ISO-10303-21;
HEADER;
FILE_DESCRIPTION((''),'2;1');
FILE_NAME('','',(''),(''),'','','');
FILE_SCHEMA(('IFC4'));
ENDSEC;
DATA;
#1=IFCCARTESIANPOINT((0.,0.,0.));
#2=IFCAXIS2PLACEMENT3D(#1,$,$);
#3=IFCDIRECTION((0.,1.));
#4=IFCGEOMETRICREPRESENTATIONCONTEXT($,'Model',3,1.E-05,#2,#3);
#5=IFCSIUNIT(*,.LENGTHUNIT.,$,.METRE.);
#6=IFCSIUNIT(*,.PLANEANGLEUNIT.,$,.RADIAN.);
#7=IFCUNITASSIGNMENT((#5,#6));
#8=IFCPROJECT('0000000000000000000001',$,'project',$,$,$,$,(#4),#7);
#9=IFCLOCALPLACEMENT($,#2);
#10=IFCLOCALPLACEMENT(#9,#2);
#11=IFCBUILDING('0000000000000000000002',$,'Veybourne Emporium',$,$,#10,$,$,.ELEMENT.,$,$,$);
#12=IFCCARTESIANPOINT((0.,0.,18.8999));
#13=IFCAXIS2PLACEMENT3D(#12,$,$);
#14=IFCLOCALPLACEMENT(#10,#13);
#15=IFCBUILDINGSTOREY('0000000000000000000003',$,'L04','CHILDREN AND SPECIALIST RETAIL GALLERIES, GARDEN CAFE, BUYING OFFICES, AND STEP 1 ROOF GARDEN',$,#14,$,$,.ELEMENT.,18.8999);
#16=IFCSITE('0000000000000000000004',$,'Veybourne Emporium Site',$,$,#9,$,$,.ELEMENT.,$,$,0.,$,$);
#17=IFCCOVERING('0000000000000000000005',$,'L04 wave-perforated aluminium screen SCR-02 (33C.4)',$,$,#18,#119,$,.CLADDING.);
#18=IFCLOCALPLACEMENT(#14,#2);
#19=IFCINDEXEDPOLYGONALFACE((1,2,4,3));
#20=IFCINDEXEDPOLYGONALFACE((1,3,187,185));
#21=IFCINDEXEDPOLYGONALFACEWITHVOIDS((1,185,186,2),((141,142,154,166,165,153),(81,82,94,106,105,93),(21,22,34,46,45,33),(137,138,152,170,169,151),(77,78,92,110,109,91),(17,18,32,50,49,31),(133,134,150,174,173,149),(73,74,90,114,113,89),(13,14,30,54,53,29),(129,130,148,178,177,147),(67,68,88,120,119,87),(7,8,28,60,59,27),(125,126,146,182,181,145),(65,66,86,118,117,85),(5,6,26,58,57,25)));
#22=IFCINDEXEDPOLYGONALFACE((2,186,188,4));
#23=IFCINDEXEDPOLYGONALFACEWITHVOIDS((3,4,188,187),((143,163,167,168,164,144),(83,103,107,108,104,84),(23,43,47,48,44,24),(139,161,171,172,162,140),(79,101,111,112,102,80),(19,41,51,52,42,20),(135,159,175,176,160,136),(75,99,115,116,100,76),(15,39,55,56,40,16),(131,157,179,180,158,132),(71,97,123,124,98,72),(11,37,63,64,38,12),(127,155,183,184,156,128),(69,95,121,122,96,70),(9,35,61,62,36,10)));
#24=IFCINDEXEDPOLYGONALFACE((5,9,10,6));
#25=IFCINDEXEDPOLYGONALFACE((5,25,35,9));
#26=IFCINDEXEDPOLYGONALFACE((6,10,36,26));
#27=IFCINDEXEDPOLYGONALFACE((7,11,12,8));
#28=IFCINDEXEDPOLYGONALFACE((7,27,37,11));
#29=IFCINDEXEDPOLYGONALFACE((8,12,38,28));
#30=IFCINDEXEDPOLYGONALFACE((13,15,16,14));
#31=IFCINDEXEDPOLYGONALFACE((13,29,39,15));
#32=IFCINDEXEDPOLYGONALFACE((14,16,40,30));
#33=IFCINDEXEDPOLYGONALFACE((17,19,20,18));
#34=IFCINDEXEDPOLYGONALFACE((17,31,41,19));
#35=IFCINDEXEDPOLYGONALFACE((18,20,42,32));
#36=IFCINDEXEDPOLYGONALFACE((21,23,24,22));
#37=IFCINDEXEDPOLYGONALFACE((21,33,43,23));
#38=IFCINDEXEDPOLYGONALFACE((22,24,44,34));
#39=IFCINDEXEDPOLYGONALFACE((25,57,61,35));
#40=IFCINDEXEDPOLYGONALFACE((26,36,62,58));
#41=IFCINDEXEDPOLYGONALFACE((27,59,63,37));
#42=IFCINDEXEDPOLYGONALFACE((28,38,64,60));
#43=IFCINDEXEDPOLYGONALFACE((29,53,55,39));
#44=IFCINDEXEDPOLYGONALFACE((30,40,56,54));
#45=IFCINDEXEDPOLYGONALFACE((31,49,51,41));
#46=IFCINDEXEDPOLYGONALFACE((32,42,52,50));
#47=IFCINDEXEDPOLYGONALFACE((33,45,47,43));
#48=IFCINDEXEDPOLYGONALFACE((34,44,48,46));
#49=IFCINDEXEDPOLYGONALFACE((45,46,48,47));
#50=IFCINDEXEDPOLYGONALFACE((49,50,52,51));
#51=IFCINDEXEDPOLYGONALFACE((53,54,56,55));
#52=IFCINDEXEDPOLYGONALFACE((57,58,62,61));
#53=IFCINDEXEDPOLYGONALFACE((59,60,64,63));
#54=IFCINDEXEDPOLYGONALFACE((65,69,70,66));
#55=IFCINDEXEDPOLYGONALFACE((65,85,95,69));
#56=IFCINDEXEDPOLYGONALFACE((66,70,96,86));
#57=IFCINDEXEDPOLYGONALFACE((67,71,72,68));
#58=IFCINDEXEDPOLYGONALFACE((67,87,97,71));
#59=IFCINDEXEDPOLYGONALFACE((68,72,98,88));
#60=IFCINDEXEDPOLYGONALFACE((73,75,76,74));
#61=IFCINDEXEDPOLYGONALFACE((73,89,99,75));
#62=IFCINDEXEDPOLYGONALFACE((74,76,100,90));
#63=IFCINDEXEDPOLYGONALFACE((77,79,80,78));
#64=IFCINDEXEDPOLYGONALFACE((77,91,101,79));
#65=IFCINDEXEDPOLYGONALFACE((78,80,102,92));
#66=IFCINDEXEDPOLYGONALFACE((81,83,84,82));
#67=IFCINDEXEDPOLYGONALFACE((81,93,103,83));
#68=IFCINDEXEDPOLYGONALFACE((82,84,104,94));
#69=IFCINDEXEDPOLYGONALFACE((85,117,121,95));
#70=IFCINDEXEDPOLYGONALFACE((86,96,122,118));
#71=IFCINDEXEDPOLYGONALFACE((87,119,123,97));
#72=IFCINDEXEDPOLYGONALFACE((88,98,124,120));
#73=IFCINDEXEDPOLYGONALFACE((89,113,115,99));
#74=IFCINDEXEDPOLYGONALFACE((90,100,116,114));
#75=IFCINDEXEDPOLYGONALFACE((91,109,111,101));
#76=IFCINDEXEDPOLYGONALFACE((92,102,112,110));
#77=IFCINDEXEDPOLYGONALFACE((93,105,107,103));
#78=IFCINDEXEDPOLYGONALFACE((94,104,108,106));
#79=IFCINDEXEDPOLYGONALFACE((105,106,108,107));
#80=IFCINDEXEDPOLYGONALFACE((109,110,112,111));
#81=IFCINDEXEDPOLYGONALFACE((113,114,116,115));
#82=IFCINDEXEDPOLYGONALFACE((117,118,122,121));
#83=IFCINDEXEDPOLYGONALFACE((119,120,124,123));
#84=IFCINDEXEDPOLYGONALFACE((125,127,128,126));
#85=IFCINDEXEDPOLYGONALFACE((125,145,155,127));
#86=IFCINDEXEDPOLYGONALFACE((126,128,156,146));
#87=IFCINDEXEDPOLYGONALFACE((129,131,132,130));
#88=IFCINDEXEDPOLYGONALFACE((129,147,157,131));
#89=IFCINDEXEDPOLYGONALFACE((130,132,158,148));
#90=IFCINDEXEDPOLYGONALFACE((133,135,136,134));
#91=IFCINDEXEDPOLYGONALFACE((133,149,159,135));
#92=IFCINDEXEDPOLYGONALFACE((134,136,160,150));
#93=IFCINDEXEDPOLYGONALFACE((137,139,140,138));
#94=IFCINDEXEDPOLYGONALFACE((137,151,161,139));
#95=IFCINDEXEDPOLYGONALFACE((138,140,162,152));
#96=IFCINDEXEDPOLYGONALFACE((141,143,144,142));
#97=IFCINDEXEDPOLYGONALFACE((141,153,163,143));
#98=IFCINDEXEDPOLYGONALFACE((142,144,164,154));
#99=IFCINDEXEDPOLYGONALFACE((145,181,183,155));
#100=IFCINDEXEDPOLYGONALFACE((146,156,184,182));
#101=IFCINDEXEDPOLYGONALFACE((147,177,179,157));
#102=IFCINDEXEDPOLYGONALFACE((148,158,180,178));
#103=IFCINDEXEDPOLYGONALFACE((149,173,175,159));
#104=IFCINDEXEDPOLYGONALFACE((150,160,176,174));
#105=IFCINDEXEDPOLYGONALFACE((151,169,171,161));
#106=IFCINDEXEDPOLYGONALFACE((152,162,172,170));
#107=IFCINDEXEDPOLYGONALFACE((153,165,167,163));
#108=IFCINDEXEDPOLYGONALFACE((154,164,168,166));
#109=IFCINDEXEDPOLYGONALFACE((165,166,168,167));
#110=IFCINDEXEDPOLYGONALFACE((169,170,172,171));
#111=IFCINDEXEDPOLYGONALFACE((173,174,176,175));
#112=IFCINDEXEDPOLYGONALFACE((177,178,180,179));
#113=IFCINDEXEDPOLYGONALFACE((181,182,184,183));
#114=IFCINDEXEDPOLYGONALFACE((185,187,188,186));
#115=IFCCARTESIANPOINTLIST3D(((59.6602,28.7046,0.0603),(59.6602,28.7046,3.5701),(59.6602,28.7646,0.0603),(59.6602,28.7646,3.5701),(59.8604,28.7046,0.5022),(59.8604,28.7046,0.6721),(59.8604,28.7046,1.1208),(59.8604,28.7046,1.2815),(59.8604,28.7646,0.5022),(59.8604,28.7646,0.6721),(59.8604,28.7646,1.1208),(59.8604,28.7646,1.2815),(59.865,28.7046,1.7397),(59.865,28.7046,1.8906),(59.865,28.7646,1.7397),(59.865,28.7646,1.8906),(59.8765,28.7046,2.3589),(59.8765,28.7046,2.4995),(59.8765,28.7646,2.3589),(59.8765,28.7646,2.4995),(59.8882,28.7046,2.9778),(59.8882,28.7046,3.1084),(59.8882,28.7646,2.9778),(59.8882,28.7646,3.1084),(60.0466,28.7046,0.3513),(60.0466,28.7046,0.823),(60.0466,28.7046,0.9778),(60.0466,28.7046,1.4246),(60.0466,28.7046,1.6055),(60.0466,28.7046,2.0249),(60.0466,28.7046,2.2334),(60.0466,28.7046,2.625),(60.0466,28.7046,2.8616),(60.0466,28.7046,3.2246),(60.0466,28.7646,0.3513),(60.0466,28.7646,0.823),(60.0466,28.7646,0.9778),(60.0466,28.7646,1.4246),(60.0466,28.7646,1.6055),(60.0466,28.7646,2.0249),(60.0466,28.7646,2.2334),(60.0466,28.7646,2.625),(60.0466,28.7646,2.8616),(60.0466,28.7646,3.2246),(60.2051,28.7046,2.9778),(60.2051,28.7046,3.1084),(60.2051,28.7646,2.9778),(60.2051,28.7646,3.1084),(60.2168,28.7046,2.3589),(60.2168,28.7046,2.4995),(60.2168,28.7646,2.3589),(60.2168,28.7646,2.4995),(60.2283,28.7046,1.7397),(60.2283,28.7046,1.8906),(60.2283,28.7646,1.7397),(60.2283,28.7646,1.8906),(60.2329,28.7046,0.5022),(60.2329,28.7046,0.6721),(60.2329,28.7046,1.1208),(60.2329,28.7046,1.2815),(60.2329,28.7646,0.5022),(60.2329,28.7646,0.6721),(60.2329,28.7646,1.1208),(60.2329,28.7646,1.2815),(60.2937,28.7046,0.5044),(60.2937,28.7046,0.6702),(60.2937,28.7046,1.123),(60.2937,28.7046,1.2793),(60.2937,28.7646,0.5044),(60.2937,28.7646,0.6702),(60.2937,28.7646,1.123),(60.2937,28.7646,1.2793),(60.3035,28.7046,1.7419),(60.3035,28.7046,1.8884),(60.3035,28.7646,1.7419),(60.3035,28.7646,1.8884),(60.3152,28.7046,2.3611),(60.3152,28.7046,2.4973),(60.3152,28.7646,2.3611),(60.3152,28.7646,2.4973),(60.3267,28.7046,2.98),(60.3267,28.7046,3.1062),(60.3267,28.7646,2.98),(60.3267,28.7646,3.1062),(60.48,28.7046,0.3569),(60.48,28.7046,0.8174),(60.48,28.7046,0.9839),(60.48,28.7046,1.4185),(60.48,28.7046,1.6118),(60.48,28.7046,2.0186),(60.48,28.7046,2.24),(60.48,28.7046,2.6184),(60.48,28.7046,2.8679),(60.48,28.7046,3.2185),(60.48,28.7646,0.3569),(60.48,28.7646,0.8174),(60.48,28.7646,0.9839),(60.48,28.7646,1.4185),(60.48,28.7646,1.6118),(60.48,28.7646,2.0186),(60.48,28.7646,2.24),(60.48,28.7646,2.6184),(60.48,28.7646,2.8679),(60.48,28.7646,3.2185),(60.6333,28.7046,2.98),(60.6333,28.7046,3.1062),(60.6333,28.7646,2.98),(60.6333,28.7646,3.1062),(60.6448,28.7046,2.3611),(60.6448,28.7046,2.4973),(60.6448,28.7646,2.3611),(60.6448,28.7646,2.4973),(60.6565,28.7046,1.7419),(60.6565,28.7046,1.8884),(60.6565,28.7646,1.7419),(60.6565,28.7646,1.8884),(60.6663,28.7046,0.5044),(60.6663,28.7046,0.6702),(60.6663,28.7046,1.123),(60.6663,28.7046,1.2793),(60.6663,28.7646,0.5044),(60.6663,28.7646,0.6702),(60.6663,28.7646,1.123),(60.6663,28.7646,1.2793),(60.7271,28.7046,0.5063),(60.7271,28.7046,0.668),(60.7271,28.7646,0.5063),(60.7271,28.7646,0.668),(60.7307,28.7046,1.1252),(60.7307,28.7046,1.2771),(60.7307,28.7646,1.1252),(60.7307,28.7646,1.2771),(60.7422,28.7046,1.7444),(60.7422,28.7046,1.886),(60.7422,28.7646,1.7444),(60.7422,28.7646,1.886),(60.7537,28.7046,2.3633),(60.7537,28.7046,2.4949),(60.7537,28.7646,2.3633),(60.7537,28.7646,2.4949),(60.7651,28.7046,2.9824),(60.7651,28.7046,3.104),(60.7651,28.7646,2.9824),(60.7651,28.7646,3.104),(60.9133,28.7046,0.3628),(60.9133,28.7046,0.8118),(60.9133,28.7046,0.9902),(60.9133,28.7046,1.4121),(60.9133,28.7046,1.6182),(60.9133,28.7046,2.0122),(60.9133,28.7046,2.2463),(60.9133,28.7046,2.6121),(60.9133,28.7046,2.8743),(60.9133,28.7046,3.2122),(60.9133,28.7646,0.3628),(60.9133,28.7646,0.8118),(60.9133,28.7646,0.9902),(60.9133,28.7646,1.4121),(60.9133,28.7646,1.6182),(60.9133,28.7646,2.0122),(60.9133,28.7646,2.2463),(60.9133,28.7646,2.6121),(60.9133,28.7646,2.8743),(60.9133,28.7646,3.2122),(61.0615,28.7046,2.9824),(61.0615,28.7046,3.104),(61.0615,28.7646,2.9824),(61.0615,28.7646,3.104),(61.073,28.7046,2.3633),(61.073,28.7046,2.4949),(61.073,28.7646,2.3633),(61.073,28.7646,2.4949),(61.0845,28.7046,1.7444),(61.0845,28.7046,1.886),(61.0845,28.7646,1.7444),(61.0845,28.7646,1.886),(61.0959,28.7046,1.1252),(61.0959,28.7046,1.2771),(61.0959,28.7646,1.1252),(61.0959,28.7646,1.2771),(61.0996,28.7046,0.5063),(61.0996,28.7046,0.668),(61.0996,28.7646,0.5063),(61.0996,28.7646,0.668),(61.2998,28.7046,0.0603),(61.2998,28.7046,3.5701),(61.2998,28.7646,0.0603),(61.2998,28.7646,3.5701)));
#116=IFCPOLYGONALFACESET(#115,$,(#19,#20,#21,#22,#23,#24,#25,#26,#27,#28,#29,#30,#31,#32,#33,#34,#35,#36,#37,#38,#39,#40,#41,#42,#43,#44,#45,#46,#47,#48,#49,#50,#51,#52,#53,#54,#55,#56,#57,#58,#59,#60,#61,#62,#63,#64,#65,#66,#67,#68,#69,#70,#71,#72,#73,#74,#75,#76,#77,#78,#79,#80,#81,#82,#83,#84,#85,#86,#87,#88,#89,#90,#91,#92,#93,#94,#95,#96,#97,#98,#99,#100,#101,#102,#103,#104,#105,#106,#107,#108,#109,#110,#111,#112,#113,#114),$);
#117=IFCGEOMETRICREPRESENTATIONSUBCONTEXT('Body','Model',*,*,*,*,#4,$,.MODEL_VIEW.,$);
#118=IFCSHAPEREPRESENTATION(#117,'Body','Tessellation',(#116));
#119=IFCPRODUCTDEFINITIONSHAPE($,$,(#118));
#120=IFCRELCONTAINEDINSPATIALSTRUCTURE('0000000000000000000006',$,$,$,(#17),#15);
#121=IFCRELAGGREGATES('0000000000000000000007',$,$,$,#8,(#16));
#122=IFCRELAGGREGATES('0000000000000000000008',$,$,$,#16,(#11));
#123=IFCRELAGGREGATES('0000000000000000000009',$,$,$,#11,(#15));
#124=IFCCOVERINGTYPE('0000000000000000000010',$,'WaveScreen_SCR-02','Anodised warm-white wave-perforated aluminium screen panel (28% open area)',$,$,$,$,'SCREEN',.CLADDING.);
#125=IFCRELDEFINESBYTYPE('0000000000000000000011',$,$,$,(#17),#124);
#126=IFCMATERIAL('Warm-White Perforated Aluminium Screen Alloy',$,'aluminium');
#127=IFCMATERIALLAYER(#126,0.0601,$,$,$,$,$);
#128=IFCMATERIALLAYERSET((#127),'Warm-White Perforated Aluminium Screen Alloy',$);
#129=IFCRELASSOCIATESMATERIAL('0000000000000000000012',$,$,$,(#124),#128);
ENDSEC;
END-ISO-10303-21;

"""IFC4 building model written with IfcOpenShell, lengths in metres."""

from ifc_helpers import new_model, si_unit, direction, frame, origin, place, context, subcontext, project, spatial, polyline, outline, extrude, material, layer, layer_set, type_object, element, save


model = new_model("IFC4")

# Units and contexts
model_context = context("Model", 3, precision=1e-05, world=origin(), true_north=direction((0.0, 1.0)))
body_context = subcontext(model_context, "Body", "Model", "MODEL_VIEW")
ifc_project = project(units=[si_unit("LENGTHUNIT", "METRE"), si_unit("PLANEANGLEUNIT", "RADIAN")], contexts=[model_context])

# Site, building, storey
site_placement = place(None, origin())
site = spatial("IfcSite", under=ifc_project, at=site_placement, Name="Veybourne Emporium Site", CompositionType="ELEMENT", RefElevation=0.0)
building_placement = place(site_placement, origin())
building = spatial("IfcBuilding", under=site, at=building_placement, Name="Veybourne Emporium", CompositionType="ELEMENT")
storey_placement = place(building_placement, frame((0.0, 0.0, 18.8999)))
storey = spatial("IfcBuildingStorey", under=building, at=storey_placement, Name="L04", Description="CHILDREN AND SPECIALIST RETAIL GALLERIES, GARDEN CAFE, BUYING OFFICES, AND STEP 1 ROOF GARDEN", CompositionType="ELEMENT", Elevation=18.8999)

# Covering
ifc_material_1 = material(Name="Warm-White Perforated Aluminium Screen Alloy", Category="aluminium")
ifc_layer_1 = layer(ifc_material_1, 0.0601)
ifc_layer_set_1 = layer_set([ifc_layer_1], Name="Warm-White Perforated Aluminium Screen Alloy")
covering_type_1 = type_object("IfcCoveringType", Name="WaveScreen_SCR-02", Description="Anodised warm-white wave-perforated aluminium screen panel (28% open area)", ElementType="SCREEN", PredefinedType="CLADDING", material=ifc_layer_set_1)
covering_1_placement = place(storey_placement, frame((60.48, 28.7046, 1.8152), z_axis=(0.0, 1.0, 0.0), x_axis=(-1.0, 0.0, 0.0)))
element("IfcCovering", 1, at=covering_1_placement, inside=storey, type_object=covering_type_1, Name="L04 wave-perforated aluminium screen SCR-02 (33C.4)", PredefinedType="CLADDING", context=body_context, shape_type="SweptSolid", body=[
    extrude(outline(polyline([(-0.8198, -1.7549), (0.8198, -1.7549), (0.8198, 1.7549), (-0.8198, 1.7549), (-0.8198, -1.7549)]), holes=[polyline([(-0.4333, -1.0034), (-0.2471, -1.1472), (-0.2471, -1.3088), (-0.4333, -1.4524), (-0.6196, -1.3088), (-0.6196, -1.1472), (-0.4333, -1.0034)]), polyline([(-0.4333, -0.4031), (-0.2507, -0.5381), (-0.2507, -0.6899), (-0.4333, -0.825), (-0.616, -0.6899), (-0.616, -0.5381), (-0.4333, -0.4031)]), polyline([(-0.4333, 0.197), (-0.2622, 0.0708), (-0.2622, -0.0708), (-0.4333, -0.197), (-0.6045, -0.0708), (-0.6045, 0.0708), (-0.4333, 0.197)]), polyline([(-0.4333, 0.7969), (-0.2737, 0.6797), (-0.2737, 0.5481), (-0.4333, 0.4312), (-0.593, 0.5481), (-0.593, 0.6797), (-0.4333, 0.7969)]), polyline([(-0.4333, 1.397), (-0.2852, 1.2888), (-0.2852, 1.1672), (-0.4333, 1.0591), (-0.5815, 1.1672), (-0.5815, 1.2888), (-0.4333, 1.397)]), polyline([(0.0, -0.9978), (0.1863, -1.145), (0.1863, -1.3108), (0.0, -1.4583), (-0.1863, -1.3108), (-0.1863, -1.145), (0.0, -0.9978)]), polyline([(0.0, -0.3967), (0.1863, -0.5359), (0.1863, -0.6921), (0.0, -0.8313), (-0.1863, -0.6921), (-0.1863, -0.5359), (0.0, -0.3967)]), polyline([(0.0, 0.2034), (0.1765, 0.0732), (0.1765, -0.0732), (0.0, -0.2034), (-0.1765, -0.0732), (-0.1765, 0.0732), (0.0, 0.2034)]), polyline([(0.0, 0.8032), (0.1648, 0.6821), (0.1648, 0.5459), (0.0, 0.4248), (-0.1648, 0.5459), (-0.1648, 0.6821), (0.0, 0.8032)]), polyline([(0.0, 1.4033), (0.1533, 1.291), (0.1533, 1.1648), (0.0, 1.0527), (-0.1533, 1.1648), (-0.1533, 1.291), (0.0, 1.4033)]), polyline([(0.4333, -0.9922), (0.6196, -1.1431), (0.6196, -1.313), (0.4333, -1.4639), (0.2471, -1.313), (0.2471, -1.1431), (0.4333, -0.9922)]), polyline([(0.4333, -0.3906), (0.6196, -0.5337), (0.6196, -0.6943), (0.4333, -0.8374), (0.2471, -0.6943), (0.2471, -0.5337), (0.4333, -0.3906)]), polyline([(0.4333, 0.2097), (0.615, 0.0754), (0.615, -0.0754), (0.4333, -0.2097), (0.2517, -0.0754), (0.2517, 0.0754), (0.4333, 0.2097)]), polyline([(0.4333, 0.8098), (0.6035, 0.6843), (0.6035, 0.5437), (0.4333, 0.4182), (0.2632, 0.5437), (0.2632, 0.6843), (0.4333, 0.8098)]), polyline([(0.4333, 1.4094), (0.5918, 1.2932), (0.5918, 1.1626), (0.4333, 1.0464), (0.2749, 1.1626), (0.2749, 1.2932), (0.4333, 1.4094)])]), origin(), (0.0, 0.0, 1.0), 0.0601),
])

save(model, "model.ifc")
